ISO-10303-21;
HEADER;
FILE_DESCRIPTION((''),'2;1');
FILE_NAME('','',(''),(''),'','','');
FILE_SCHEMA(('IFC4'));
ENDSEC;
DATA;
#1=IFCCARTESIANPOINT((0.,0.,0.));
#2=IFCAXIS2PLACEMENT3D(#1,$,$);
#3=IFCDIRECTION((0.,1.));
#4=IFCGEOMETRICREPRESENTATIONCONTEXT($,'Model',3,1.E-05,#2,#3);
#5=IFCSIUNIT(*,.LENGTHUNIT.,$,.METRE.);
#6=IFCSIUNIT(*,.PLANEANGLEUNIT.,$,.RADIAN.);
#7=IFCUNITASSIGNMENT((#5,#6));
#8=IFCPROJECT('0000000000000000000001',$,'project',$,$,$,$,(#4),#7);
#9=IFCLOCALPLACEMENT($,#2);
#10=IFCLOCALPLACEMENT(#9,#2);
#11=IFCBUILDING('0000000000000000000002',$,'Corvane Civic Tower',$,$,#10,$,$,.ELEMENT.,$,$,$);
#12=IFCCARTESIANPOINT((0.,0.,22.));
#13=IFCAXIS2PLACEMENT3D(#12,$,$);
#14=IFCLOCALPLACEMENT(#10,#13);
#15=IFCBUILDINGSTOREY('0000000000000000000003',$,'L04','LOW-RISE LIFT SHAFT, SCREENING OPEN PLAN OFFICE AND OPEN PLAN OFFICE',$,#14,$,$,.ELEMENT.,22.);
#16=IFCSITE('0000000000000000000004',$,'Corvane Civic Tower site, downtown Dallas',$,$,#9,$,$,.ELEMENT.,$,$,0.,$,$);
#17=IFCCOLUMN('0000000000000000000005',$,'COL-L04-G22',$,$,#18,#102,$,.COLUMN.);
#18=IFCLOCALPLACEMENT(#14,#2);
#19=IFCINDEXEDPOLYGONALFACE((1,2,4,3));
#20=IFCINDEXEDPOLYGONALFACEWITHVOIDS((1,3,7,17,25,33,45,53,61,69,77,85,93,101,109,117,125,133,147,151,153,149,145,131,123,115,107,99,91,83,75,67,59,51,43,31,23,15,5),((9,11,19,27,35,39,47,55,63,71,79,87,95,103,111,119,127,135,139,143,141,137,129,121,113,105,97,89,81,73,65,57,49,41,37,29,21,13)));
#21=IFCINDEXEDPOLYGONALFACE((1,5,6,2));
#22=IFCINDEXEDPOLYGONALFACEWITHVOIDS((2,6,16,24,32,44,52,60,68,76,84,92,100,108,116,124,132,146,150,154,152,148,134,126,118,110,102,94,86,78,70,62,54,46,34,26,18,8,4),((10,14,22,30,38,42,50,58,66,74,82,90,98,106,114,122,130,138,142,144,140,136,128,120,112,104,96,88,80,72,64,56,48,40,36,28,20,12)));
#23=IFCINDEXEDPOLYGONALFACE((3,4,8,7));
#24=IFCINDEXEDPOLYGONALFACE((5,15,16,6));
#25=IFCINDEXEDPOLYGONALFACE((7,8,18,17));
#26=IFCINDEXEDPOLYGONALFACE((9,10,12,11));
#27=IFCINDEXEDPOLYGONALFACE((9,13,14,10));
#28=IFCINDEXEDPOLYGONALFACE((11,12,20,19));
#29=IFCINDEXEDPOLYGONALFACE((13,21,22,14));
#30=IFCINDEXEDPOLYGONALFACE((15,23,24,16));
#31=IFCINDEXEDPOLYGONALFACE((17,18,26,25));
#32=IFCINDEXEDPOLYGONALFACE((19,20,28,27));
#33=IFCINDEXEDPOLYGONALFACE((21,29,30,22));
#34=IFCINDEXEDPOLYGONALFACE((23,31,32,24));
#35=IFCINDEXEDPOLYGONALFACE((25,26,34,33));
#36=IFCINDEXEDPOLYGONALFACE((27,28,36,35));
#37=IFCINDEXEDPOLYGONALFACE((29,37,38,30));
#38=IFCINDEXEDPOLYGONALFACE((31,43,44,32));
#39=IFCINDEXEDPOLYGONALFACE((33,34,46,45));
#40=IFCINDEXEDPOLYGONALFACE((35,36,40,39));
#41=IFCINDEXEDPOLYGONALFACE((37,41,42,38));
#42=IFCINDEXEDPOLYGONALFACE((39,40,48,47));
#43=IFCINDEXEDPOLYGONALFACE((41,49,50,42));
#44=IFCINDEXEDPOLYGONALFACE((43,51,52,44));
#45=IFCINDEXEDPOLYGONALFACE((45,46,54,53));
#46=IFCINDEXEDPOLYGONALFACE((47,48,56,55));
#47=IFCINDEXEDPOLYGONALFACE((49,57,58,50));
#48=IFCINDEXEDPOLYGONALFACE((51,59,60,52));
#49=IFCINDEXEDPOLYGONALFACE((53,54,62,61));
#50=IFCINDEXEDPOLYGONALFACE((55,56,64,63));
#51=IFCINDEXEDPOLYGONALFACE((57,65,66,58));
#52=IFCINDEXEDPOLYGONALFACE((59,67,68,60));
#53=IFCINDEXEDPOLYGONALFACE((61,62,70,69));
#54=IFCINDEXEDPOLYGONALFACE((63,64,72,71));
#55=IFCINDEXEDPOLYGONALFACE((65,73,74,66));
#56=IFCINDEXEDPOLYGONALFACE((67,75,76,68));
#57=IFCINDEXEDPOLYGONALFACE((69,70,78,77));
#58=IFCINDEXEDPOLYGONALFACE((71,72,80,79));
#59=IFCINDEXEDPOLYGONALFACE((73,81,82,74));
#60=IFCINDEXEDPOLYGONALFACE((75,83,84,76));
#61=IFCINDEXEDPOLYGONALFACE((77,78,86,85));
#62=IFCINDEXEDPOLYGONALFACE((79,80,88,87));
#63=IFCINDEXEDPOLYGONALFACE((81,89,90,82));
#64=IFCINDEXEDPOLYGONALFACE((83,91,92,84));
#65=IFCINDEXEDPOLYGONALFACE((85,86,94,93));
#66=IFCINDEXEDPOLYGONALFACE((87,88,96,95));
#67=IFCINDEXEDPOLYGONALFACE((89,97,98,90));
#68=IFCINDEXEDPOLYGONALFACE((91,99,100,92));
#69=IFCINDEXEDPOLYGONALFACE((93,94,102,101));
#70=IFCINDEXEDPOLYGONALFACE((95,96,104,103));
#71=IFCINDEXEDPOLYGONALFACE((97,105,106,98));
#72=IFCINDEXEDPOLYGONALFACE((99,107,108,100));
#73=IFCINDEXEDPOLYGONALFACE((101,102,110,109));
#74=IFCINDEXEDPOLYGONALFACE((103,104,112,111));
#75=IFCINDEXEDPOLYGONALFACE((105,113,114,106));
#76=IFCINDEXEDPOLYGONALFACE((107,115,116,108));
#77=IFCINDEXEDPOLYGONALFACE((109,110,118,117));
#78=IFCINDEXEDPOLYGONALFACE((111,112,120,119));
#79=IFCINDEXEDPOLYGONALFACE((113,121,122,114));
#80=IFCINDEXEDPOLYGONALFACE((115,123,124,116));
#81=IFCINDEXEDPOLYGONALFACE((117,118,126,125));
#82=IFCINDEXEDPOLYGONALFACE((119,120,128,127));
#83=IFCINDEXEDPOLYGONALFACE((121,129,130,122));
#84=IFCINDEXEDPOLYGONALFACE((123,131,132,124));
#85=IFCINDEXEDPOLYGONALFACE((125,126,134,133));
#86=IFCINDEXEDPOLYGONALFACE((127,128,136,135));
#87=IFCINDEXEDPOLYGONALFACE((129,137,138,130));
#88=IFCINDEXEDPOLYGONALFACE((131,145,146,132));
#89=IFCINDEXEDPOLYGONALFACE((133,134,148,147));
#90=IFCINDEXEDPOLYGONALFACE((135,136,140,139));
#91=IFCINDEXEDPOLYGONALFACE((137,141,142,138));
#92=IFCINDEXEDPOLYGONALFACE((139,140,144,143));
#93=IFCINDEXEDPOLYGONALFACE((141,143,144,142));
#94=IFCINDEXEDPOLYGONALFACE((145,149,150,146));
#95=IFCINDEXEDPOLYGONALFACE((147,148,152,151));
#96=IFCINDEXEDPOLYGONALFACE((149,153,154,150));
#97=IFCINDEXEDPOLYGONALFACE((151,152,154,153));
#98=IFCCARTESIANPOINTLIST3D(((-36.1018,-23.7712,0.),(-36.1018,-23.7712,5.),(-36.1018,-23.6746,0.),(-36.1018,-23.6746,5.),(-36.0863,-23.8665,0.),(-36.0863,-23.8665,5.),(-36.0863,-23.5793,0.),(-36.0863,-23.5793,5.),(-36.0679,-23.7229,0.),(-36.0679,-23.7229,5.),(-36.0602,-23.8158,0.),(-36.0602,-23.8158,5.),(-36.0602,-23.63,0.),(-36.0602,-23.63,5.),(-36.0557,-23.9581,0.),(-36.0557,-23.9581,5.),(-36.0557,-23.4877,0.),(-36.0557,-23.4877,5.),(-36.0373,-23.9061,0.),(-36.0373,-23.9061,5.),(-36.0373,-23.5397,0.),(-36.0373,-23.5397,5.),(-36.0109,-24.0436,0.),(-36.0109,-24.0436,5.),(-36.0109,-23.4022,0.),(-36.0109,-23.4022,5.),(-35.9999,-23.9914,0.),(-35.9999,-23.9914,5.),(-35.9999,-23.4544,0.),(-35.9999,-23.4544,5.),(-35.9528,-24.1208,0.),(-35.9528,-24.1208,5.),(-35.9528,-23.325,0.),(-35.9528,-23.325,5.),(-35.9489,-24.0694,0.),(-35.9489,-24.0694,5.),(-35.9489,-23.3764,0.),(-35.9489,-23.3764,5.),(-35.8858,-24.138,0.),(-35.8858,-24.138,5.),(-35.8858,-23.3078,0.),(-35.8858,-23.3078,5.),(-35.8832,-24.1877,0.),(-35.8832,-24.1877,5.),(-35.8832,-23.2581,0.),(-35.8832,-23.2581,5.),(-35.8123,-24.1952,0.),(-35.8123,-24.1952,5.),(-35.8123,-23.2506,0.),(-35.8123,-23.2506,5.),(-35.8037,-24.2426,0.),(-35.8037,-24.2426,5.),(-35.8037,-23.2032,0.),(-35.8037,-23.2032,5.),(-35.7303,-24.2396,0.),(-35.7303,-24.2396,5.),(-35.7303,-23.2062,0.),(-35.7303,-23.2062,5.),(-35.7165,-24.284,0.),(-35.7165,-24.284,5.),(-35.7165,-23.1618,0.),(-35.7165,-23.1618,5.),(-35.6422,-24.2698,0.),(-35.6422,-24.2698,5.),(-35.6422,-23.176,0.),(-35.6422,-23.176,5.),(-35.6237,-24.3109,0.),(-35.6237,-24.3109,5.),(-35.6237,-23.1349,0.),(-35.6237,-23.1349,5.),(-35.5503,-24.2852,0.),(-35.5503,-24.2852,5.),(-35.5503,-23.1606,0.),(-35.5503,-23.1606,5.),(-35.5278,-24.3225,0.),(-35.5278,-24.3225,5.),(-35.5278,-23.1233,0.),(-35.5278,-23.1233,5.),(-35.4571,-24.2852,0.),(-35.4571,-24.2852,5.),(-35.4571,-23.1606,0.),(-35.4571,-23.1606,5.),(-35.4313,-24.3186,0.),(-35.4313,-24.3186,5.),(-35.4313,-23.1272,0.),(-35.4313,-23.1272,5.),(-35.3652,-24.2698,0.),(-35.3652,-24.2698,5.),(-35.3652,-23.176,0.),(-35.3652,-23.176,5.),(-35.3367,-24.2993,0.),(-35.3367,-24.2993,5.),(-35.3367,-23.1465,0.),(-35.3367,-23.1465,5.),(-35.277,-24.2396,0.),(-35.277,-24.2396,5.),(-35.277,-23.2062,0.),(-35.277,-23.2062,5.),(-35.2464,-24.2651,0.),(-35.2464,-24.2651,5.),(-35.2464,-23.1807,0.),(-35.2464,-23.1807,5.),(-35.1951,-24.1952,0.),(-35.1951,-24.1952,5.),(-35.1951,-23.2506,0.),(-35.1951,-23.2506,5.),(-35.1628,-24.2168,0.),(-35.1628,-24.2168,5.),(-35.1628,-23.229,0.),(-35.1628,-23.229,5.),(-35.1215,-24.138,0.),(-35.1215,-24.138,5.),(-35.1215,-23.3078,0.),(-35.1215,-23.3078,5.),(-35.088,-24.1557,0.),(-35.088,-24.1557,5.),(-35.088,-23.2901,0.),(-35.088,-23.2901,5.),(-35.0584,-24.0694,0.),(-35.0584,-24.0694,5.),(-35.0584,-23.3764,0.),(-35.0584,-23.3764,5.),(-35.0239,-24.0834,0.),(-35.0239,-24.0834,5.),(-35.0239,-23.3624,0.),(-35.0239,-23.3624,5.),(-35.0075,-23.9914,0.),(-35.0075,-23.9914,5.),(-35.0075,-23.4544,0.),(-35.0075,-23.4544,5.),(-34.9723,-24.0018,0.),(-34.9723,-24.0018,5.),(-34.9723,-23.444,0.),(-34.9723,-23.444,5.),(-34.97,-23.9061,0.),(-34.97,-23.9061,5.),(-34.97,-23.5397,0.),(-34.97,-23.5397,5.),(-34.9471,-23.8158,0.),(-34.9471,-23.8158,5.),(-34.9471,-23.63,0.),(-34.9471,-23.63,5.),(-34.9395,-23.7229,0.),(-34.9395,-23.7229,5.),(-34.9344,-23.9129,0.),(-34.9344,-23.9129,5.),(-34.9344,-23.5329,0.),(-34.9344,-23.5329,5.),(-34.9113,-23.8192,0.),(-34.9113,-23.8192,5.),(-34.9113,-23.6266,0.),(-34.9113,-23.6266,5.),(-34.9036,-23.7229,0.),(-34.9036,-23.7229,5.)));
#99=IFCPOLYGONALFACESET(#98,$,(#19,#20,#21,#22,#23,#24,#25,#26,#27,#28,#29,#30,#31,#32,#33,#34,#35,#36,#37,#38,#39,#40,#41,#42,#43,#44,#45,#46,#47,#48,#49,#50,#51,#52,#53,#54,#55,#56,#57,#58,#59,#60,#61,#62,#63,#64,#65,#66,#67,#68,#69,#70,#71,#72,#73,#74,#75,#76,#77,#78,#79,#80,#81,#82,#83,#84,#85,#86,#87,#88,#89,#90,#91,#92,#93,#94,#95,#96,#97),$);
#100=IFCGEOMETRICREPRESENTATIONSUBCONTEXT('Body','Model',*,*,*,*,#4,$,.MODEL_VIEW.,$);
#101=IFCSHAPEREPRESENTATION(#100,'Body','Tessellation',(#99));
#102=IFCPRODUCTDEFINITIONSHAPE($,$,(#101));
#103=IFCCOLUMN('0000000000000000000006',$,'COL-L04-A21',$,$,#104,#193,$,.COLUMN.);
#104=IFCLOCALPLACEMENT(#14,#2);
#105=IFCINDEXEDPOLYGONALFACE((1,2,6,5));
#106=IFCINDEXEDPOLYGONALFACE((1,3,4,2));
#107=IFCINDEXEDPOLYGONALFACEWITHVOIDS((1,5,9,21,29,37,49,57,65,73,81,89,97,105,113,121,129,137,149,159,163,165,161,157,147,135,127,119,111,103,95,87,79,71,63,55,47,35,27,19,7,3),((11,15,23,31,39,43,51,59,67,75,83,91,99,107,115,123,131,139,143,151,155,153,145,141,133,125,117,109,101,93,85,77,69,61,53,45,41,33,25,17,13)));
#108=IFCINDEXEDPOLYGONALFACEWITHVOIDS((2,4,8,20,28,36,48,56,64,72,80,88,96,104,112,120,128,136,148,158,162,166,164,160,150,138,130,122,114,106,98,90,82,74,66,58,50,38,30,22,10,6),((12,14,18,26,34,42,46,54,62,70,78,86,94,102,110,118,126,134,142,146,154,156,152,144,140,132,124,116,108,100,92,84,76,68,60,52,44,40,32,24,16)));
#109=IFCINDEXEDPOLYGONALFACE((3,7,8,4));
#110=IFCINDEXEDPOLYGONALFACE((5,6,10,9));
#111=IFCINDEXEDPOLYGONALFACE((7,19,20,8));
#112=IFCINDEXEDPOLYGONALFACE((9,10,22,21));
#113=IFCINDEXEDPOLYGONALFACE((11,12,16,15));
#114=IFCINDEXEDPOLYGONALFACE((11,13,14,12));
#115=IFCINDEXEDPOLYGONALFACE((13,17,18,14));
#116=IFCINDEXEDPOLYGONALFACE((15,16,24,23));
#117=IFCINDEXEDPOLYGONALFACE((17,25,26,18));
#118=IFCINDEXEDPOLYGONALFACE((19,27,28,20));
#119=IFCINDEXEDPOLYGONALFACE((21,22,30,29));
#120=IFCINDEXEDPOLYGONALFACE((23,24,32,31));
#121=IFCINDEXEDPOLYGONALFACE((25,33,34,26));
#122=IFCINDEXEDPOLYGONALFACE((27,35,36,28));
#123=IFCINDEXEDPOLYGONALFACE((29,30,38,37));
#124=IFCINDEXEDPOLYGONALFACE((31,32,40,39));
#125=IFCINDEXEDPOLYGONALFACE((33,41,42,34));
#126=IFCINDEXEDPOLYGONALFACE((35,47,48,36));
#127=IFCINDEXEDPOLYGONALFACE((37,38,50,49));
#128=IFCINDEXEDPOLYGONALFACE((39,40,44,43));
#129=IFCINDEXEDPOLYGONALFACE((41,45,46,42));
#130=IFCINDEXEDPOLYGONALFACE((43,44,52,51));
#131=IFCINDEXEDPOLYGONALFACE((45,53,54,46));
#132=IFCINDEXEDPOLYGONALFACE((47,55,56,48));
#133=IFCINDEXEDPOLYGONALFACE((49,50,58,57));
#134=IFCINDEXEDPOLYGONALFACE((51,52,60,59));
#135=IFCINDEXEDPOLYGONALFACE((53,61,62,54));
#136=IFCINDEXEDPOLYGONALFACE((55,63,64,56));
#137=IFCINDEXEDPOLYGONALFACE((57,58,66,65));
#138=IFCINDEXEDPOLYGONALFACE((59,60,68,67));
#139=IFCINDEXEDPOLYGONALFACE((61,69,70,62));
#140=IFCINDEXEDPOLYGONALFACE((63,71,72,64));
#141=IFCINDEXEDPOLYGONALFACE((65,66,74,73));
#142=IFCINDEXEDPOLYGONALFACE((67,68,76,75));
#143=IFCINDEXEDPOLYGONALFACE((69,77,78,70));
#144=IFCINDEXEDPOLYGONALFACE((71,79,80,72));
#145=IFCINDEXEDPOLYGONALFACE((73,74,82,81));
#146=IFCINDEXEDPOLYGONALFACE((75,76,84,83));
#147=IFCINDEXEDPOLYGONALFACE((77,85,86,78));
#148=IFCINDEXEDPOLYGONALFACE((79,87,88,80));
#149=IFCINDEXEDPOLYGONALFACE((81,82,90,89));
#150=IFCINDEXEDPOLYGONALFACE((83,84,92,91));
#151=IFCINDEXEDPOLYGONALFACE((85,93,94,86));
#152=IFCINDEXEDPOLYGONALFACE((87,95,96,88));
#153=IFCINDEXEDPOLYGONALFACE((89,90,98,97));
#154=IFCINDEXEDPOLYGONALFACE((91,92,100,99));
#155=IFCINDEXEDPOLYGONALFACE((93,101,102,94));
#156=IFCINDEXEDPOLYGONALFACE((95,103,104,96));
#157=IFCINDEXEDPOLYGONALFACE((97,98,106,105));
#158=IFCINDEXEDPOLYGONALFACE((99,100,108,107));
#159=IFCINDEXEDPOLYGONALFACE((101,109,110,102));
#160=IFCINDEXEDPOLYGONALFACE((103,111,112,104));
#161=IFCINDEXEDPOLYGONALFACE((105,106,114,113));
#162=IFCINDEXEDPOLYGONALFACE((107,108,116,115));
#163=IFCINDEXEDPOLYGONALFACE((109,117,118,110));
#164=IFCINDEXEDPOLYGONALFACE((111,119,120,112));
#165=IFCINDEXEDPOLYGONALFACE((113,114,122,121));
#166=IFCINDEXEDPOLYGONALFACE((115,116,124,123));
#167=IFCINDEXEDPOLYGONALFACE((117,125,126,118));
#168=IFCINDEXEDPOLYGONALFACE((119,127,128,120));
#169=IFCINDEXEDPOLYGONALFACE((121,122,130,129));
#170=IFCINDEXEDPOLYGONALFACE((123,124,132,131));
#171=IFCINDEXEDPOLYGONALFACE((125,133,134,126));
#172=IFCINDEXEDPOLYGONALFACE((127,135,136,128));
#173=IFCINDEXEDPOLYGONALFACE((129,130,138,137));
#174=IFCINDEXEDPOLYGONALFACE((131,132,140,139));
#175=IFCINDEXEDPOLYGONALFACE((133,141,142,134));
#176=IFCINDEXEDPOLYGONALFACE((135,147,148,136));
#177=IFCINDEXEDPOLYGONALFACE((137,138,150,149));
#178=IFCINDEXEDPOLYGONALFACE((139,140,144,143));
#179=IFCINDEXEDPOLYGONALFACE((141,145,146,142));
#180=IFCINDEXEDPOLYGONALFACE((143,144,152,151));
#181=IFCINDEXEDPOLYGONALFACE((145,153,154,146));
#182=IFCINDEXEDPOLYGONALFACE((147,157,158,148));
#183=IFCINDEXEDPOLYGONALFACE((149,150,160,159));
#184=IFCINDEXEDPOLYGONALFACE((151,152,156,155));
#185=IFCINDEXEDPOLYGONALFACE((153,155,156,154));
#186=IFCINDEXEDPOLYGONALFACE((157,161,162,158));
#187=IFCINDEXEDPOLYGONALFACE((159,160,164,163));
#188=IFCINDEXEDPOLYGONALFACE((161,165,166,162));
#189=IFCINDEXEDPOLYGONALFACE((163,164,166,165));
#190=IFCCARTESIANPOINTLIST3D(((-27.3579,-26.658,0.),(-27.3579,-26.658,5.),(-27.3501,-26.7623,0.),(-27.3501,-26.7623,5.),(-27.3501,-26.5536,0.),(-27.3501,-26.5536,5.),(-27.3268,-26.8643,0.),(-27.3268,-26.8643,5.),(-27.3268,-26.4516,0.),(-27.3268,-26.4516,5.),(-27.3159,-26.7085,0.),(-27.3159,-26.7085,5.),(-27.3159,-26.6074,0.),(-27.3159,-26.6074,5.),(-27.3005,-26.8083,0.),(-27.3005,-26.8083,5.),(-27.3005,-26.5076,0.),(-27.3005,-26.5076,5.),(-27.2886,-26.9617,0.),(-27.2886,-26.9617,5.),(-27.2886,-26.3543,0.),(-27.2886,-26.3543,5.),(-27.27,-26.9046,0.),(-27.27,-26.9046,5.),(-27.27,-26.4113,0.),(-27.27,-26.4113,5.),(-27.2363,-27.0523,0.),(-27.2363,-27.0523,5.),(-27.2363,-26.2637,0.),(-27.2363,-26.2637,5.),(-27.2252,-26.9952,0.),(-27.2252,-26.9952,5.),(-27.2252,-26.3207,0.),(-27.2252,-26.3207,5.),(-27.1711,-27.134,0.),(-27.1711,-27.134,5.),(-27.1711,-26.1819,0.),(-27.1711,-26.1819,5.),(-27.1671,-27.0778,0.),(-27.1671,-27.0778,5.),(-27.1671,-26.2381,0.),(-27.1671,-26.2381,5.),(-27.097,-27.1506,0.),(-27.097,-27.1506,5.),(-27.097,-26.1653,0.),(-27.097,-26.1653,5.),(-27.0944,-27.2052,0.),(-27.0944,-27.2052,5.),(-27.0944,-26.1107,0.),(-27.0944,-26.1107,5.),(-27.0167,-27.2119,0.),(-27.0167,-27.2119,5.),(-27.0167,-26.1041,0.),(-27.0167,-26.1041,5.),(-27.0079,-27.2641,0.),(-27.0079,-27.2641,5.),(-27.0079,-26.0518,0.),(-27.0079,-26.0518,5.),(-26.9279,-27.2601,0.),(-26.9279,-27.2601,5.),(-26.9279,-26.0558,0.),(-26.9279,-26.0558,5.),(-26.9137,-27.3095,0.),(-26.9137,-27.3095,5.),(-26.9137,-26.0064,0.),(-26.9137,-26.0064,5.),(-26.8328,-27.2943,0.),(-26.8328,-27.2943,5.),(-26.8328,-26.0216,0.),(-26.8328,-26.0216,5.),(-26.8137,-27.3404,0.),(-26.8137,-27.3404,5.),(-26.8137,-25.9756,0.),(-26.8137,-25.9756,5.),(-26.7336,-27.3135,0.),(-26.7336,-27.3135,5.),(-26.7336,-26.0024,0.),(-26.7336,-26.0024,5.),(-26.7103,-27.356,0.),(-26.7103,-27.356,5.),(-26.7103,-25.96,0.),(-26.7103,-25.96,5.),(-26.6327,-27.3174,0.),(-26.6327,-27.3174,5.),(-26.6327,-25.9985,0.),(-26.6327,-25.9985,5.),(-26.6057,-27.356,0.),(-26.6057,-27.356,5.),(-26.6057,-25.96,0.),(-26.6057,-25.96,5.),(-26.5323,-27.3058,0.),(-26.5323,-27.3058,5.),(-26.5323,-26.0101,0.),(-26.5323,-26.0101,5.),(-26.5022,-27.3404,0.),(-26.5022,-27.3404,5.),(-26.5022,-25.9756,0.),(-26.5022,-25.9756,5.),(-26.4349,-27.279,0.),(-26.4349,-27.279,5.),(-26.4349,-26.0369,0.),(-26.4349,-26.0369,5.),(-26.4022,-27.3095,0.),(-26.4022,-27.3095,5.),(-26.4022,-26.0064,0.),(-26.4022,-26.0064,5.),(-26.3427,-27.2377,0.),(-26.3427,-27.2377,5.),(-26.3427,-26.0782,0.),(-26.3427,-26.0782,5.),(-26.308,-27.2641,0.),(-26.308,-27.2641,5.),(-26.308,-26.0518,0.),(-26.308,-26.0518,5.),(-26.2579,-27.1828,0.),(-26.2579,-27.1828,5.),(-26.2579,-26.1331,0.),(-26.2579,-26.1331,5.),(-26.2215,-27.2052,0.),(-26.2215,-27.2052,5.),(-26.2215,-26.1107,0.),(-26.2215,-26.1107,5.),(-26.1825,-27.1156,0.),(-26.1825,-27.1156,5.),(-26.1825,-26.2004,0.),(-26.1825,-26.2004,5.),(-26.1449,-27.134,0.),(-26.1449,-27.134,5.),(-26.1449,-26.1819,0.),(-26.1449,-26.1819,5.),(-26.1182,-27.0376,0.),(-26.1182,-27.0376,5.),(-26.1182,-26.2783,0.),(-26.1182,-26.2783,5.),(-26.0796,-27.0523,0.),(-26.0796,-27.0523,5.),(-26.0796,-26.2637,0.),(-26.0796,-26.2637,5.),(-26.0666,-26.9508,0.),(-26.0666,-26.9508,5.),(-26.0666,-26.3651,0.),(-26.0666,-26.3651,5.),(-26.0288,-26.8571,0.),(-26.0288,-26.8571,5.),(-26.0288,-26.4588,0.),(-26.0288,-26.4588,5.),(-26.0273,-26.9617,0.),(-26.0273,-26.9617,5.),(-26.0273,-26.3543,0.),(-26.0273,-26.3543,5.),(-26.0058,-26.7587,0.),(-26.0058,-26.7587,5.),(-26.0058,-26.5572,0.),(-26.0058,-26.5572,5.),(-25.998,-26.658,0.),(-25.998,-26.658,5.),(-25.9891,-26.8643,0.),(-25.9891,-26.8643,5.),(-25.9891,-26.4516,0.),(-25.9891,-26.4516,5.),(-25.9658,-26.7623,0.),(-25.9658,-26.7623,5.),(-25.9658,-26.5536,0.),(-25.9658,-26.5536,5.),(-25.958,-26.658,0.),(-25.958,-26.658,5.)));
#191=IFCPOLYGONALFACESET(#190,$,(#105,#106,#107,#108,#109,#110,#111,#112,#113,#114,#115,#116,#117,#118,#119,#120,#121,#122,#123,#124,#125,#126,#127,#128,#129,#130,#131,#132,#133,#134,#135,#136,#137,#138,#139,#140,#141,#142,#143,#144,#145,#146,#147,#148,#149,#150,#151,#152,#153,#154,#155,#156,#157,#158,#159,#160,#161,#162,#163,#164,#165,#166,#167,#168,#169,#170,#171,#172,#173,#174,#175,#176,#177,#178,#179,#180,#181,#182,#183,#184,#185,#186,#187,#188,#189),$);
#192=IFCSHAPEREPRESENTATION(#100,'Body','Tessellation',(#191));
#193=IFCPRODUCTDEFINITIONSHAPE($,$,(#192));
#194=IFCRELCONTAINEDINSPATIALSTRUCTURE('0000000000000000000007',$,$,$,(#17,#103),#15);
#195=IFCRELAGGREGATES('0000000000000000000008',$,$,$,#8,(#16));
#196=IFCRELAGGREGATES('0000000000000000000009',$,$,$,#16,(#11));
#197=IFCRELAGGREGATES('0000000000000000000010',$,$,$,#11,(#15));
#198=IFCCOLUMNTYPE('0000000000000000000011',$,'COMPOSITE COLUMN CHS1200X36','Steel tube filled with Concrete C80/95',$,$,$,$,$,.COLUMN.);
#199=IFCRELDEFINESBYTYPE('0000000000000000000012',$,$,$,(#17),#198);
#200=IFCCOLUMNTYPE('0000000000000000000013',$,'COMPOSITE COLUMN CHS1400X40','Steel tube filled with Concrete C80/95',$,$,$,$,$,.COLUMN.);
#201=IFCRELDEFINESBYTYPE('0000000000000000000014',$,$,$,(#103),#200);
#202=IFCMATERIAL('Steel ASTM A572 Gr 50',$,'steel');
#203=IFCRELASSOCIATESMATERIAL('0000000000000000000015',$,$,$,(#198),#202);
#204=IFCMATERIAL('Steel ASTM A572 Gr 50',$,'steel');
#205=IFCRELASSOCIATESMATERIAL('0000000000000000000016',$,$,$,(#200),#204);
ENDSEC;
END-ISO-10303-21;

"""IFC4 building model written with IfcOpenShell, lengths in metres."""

from ifc_helpers import new_model, si_unit, direction, frame, origin, origin_2d, place, context, subcontext, project, spatial, hollow_circle, extrude, material, material_profile, profile_set, type_object, element, save


model = new_model("IFC4")

# Units and contexts
model_context = context("Model", 3, precision=1e-05, world=origin(), true_north=direction((0.0, 1.0)))
body_context = subcontext(model_context, "Body", "Model", "MODEL_VIEW")
ifc_project = project(units=[si_unit("LENGTHUNIT", "METRE"), si_unit("PLANEANGLEUNIT", "RADIAN")], contexts=[model_context])

# Site, building, storey
site_placement = place(None, origin())
site = spatial("IfcSite", under=ifc_project, at=site_placement, Name="Corvane Civic Tower site, downtown Dallas", CompositionType="ELEMENT", RefElevation=0.0)
building_placement = place(site_placement, origin())
building = spatial("IfcBuilding", under=site, at=building_placement, Name="Corvane Civic Tower", CompositionType="ELEMENT")
storey_placement = place(building_placement, frame((0.0, 0.0, 22.0)))
storey = spatial("IfcBuildingStorey", under=building, at=storey_placement, Name="L04", Description="LOW-RISE LIFT SHAFT, SCREENING OPEN PLAN OFFICE AND OPEN PLAN OFFICE", CompositionType="ELEMENT", Elevation=22.0)

# Columns
ifc_material_1 = material(Name="Steel ASTM A572 Gr 50", Category="steel")
ifc_material_profile_1 = material_profile(ifc_material_1, hollow_circle(Radius=0.6001, WallThickness=0.0359, at=origin_2d()), Name="CHS1200X36")
ifc_profile_set_1 = profile_set([ifc_material_profile_1], Name="Steel ASTM A572 Gr 50")
column_type_1 = type_object("IfcColumnType", Name="COMPOSITE COLUMN CHS1200X36", Description="Steel tube filled with Concrete C80/95", PredefinedType="COLUMN", material=ifc_profile_set_1)
column_placement = place(storey_placement, frame((-35.5037, -23.7229, 0.0), z_axis=(0.0, 0.0, 1.0), x_axis=(1.0, 0.0, 0.0)))
element("IfcColumn", 1, at=column_placement, inside=storey, type_object=column_type_1, Name="COL-L04-G22", PredefinedType="COLUMN", context=body_context, shape_type="SweptSolid", body=[
    extrude(hollow_circle(Radius=0.6001, WallThickness=0.0359, at=origin_2d()), origin(), (0.0, 0.0, 1.0), 5.0),
])
ifc_material_2 = material(Name="Steel ASTM A572 Gr 50", Category="steel")
ifc_material_profile_2 = material_profile(ifc_material_2, hollow_circle(Radius=0.7, WallThickness=0.04, at=origin_2d()), Name="CHS1400X40")
ifc_profile_set_2 = profile_set([ifc_material_profile_2], Name="Steel ASTM A572 Gr 50")
column_type_2 = type_object("IfcColumnType", Name="COMPOSITE COLUMN CHS1400X40", Description="Steel tube filled with Concrete C80/95", PredefinedType="COLUMN", material=ifc_profile_set_2)
for number, where, z_axis, x_axis, name in (
    (2, (-26.658, -26.658, 0.0), (0.0, 0.0, 1.0), (1.0, 0.0, 0.0), "COL-L04-A21"),
):
    element("IfcColumn", number, at=place(storey_placement, frame(where, z_axis=z_axis, x_axis=x_axis)), inside=storey, type_object=column_type_2, Name=name, PredefinedType="COLUMN", context=body_context, shape_type="SweptSolid", body=[
        extrude(hollow_circle(Radius=0.7, WallThickness=0.04, at=origin_2d()), origin(), (0.0, 0.0, 1.0), 5.0),
    ])

save(model, "model.ifc")
